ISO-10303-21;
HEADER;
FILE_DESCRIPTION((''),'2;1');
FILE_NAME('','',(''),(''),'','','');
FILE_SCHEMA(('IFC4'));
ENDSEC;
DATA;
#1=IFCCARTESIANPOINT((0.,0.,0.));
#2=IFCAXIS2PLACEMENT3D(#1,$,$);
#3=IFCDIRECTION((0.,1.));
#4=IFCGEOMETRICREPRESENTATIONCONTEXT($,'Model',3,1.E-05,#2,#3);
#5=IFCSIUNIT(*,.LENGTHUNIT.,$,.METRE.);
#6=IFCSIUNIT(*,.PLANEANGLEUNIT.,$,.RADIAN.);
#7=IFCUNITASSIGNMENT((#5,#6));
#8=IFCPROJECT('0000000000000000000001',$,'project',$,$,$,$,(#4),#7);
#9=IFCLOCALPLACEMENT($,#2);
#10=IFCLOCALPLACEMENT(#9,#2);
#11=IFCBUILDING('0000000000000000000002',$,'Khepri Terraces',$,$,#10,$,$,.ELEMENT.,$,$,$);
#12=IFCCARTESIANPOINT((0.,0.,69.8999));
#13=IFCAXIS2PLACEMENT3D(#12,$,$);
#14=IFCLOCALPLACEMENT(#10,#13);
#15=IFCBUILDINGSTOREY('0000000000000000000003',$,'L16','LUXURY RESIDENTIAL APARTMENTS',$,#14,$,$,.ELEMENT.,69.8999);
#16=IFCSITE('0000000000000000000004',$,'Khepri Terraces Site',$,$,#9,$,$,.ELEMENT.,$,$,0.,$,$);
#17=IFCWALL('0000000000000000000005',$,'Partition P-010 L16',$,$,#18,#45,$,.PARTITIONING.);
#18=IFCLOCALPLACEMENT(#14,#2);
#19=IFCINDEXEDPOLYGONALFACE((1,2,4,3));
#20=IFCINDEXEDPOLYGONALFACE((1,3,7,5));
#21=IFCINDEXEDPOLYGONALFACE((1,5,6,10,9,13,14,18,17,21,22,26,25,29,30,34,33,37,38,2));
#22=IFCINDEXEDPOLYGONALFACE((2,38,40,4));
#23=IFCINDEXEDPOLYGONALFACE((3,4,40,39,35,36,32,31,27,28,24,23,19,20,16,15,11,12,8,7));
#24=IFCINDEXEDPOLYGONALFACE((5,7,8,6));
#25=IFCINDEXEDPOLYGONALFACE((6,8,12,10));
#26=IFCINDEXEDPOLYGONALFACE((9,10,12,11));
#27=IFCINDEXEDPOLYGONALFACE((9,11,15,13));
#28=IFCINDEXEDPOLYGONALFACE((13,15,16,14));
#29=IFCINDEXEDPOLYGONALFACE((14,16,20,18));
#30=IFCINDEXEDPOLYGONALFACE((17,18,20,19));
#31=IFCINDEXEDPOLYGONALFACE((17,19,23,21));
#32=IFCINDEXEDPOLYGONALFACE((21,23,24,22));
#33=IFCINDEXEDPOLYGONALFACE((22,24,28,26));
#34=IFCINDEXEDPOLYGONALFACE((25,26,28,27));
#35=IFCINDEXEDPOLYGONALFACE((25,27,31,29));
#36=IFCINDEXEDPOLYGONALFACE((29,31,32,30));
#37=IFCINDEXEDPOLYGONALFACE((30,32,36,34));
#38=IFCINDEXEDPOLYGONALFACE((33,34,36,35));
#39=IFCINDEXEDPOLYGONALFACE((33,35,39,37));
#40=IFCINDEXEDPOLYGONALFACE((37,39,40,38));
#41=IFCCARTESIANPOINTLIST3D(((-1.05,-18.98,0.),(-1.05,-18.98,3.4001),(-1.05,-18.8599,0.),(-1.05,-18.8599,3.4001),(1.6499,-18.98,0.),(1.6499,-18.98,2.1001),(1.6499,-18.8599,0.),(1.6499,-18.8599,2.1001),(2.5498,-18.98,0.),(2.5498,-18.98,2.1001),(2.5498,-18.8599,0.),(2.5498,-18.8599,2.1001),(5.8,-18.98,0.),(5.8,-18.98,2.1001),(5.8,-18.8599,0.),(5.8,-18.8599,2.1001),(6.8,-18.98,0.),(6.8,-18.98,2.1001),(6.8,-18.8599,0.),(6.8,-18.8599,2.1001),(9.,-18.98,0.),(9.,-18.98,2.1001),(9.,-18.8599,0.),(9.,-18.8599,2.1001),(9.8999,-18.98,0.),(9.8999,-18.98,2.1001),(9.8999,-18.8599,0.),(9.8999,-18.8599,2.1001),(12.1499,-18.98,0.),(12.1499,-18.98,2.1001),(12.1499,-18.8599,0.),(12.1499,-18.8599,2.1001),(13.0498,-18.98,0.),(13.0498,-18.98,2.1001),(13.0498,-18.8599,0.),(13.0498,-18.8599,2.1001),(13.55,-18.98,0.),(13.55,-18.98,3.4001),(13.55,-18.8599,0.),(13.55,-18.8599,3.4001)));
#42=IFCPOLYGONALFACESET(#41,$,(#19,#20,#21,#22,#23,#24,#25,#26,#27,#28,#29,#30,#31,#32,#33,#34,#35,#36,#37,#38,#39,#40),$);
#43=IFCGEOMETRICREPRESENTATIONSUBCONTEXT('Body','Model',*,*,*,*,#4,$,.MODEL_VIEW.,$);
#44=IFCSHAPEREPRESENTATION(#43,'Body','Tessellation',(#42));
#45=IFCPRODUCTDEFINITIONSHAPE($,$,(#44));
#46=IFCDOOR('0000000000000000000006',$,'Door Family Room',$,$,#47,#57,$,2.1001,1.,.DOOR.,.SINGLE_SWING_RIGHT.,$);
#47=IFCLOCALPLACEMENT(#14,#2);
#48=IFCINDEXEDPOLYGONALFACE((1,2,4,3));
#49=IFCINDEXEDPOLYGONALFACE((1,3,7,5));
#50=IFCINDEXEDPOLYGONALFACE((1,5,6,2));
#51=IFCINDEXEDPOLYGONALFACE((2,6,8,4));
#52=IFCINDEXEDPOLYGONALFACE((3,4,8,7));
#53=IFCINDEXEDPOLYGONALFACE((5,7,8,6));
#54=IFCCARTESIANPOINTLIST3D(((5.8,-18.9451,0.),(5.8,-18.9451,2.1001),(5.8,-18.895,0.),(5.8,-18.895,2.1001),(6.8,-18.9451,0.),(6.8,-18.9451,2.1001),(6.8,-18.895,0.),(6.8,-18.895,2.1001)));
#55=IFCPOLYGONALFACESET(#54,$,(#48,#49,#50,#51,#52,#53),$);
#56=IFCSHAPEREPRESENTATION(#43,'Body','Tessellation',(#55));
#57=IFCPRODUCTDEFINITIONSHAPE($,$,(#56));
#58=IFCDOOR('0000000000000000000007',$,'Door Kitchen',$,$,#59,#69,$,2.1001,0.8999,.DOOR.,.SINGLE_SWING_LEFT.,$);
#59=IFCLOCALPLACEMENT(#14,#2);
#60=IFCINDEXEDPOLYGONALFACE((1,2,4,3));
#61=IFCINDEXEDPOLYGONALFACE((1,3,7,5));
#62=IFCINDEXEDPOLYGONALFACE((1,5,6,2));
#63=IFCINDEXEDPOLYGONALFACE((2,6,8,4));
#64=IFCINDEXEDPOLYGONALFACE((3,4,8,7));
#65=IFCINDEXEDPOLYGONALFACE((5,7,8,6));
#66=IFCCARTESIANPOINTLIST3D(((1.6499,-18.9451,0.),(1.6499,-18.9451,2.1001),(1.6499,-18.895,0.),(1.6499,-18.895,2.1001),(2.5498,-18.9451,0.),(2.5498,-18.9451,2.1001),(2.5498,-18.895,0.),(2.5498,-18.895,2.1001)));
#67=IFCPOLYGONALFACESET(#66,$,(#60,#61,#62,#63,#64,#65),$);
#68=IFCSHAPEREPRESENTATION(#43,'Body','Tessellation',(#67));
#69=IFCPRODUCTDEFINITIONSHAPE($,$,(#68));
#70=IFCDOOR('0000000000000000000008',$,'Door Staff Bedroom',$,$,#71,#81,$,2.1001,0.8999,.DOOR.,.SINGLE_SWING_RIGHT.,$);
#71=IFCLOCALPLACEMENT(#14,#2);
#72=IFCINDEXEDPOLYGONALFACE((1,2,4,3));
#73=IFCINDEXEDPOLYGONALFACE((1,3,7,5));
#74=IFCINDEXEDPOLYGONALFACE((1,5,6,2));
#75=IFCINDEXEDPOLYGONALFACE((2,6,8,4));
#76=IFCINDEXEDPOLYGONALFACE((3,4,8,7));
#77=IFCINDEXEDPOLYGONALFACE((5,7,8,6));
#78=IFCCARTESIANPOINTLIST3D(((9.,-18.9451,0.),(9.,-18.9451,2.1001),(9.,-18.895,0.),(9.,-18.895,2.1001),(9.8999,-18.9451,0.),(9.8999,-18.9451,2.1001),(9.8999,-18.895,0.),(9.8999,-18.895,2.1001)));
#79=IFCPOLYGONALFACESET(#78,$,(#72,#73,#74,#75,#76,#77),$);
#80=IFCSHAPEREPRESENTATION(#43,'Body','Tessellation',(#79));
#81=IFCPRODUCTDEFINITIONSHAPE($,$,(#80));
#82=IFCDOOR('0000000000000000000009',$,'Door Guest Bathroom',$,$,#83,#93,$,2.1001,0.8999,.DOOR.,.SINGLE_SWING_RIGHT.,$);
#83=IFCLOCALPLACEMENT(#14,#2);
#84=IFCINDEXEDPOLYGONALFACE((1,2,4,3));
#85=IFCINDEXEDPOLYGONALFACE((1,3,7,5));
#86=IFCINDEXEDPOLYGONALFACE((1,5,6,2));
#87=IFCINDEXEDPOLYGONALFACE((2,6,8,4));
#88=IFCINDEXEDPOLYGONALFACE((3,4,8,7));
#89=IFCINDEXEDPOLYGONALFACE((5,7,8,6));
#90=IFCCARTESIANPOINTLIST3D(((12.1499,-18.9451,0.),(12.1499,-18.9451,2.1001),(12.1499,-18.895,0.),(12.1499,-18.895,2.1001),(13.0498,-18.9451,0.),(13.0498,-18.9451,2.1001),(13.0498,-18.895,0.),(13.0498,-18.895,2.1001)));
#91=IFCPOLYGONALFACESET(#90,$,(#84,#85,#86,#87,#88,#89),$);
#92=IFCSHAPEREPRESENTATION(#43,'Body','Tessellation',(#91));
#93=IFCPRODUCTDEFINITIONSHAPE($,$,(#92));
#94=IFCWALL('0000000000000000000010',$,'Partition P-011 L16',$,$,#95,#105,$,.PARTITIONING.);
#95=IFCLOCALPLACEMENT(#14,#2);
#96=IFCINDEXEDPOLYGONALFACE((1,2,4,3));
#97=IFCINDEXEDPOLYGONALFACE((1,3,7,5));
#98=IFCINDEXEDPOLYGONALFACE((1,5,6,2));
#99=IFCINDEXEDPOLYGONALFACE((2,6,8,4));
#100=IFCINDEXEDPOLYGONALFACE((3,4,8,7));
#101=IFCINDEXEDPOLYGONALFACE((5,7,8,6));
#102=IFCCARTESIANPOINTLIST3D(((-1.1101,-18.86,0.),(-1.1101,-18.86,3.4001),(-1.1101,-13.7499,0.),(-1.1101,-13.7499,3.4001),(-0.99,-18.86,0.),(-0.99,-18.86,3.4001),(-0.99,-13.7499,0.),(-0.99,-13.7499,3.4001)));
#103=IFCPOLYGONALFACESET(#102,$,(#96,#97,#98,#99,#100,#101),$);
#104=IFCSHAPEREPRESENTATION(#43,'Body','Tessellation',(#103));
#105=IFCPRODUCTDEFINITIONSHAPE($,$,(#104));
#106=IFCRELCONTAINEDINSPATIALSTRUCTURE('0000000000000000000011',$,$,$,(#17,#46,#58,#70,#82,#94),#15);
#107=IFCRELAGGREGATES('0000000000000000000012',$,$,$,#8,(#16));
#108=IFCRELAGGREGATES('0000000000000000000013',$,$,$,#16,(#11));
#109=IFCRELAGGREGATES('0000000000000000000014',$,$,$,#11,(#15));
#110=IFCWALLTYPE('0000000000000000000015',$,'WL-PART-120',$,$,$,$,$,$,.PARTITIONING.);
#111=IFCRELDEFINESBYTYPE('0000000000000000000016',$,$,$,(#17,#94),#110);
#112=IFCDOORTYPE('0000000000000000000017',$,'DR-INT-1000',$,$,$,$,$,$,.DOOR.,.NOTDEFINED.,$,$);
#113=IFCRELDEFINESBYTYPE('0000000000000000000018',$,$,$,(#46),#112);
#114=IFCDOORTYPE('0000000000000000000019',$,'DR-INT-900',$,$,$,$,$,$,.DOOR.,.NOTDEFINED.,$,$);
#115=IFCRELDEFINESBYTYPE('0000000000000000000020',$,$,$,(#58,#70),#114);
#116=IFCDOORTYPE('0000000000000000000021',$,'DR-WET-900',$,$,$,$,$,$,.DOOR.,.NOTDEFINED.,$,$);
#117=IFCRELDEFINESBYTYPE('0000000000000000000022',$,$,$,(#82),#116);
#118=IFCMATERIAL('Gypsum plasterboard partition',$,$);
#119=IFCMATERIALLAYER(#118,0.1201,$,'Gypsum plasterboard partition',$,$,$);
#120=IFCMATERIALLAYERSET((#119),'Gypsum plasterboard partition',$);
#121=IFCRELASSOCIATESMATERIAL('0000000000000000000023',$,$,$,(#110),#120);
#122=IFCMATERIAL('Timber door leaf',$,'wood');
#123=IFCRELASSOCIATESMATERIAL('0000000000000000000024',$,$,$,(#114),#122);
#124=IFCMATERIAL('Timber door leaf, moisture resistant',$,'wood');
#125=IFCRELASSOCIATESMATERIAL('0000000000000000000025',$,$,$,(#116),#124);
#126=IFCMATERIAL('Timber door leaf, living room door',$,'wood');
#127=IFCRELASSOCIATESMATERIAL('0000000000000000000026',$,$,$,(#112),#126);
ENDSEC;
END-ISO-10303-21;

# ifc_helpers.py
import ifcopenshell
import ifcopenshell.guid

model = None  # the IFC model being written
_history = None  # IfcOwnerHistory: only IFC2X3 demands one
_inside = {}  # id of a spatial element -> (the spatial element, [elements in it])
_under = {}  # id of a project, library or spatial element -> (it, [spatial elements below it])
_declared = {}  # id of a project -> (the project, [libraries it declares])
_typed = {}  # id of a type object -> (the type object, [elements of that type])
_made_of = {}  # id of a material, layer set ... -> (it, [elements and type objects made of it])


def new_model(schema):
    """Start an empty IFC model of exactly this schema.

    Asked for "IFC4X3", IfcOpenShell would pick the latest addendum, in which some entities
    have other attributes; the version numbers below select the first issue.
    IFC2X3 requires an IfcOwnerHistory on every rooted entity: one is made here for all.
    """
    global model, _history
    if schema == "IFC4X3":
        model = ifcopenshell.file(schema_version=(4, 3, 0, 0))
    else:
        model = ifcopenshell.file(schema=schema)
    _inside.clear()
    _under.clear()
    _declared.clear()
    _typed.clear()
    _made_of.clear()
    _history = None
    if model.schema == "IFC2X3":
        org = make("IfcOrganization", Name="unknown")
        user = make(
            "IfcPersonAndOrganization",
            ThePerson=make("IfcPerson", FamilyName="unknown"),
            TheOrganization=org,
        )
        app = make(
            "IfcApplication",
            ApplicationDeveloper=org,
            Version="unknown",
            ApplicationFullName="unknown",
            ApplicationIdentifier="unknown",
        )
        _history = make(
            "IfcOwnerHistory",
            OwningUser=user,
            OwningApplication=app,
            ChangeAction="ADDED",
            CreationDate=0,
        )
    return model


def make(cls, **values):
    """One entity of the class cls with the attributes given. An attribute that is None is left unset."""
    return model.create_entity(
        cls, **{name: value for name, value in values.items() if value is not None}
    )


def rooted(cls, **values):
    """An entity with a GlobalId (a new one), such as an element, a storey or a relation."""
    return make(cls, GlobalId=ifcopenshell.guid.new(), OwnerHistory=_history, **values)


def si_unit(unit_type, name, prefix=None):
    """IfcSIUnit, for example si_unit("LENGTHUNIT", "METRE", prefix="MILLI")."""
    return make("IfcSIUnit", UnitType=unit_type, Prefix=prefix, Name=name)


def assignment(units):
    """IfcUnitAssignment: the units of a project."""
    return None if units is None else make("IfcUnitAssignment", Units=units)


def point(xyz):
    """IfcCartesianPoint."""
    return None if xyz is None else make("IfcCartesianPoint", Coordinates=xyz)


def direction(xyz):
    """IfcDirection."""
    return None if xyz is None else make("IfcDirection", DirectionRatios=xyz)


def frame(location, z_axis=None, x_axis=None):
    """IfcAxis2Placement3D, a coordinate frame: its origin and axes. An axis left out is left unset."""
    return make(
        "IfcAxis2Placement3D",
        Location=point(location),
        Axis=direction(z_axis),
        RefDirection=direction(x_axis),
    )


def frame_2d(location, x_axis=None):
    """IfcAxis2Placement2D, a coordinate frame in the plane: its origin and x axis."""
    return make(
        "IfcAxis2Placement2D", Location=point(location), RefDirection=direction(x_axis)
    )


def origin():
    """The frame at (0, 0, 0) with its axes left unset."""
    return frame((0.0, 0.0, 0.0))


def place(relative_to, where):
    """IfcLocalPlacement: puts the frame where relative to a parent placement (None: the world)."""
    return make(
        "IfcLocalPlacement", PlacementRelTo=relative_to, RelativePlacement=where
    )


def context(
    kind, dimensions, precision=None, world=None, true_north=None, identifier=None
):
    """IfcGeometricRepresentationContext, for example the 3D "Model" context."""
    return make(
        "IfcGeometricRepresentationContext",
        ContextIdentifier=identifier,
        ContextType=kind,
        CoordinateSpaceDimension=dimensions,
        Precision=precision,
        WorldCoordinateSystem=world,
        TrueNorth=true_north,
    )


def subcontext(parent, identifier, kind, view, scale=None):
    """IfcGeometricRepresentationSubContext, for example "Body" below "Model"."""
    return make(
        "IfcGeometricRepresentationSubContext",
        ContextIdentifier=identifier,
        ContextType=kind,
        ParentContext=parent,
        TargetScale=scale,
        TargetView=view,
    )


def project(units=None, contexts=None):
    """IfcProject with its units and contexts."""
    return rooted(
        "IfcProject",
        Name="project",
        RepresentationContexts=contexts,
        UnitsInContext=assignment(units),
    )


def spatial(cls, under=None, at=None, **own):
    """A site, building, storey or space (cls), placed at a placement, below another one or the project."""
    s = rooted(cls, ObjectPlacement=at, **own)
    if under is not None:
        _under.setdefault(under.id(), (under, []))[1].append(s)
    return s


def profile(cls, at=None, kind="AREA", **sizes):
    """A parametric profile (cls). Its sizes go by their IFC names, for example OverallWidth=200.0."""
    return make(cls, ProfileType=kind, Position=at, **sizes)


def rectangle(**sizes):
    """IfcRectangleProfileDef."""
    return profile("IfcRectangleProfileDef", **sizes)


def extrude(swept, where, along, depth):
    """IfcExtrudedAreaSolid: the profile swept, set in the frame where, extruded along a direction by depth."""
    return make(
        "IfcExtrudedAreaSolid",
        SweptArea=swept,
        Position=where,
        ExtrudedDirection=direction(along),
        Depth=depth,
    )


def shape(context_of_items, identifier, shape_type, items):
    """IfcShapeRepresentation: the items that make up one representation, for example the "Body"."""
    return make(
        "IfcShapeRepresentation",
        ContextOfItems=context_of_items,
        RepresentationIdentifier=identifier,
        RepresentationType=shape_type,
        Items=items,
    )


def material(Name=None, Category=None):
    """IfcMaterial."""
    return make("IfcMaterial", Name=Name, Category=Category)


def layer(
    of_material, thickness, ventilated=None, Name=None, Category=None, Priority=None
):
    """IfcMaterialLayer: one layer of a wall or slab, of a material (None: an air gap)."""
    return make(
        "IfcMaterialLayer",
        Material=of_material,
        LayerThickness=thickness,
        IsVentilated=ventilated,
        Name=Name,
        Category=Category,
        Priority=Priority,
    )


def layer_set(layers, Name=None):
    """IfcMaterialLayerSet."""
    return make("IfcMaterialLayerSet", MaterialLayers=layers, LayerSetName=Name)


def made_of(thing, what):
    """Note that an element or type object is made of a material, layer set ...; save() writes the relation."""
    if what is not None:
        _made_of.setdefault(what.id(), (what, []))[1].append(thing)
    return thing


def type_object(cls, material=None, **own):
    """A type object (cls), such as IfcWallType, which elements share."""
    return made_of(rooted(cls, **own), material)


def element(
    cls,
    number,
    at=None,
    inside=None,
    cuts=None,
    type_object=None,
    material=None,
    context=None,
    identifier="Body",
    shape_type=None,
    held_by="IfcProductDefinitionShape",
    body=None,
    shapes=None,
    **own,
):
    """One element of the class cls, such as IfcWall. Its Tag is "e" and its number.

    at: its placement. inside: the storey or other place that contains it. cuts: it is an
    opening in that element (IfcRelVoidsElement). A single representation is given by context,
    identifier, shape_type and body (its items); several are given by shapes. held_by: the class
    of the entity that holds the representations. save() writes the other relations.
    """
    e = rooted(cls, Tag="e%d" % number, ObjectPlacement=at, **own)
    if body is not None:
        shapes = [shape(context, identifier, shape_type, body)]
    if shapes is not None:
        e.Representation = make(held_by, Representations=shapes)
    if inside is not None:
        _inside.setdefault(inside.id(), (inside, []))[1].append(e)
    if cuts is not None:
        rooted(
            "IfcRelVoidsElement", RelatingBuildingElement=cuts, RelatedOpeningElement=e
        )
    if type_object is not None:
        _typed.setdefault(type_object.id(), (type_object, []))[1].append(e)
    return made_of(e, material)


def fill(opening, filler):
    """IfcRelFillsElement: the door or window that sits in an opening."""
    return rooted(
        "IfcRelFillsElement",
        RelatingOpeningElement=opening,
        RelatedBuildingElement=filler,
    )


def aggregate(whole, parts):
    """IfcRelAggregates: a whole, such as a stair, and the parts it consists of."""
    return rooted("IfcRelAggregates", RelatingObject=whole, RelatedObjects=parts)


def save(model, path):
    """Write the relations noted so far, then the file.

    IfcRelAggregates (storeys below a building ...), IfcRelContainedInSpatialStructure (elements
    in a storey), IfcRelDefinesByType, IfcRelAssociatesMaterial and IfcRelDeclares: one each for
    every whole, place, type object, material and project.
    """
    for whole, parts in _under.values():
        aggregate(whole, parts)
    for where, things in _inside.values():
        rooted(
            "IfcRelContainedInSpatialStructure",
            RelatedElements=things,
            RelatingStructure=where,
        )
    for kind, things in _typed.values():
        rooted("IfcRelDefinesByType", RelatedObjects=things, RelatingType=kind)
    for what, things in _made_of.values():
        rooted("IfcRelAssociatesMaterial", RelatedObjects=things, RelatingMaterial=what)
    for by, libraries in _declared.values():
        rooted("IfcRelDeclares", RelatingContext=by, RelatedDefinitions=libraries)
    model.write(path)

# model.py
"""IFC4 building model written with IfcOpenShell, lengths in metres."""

from ifc_helpers import new_model, si_unit, direction, frame, frame_2d, origin, place, context, subcontext, project, spatial, rectangle, extrude, material, layer, layer_set, type_object, element, fill, save


model = new_model("IFC4")

# Units and contexts
model_context = context("Model", 3, precision=1e-05, world=origin(), true_north=direction((0.0, 1.0)))
body_context = subcontext(model_context, "Body", "Model", "MODEL_VIEW")
ifc_project = project(units=[si_unit("LENGTHUNIT", "METRE"), si_unit("PLANEANGLEUNIT", "RADIAN")], contexts=[model_context])

# Site, building, storey
site_placement = place(None, origin())
site = spatial("IfcSite", under=ifc_project, at=site_placement, Name="Khepri Terraces Site", CompositionType="ELEMENT", RefElevation=0.0)
building_placement = place(site_placement, origin())
building = spatial("IfcBuilding", under=site, at=building_placement, Name="Khepri Terraces", CompositionType="ELEMENT")
storey_placement = place(building_placement, frame((0.0, 0.0, 69.8999)))
storey = spatial("IfcBuildingStorey", under=building, at=storey_placement, Name="L16", Description="LUXURY RESIDENTIAL APARTMENTS", CompositionType="ELEMENT", Elevation=69.8999)

# Shared definitions
ifc_material_1 = material(Name="Gypsum plasterboard partition")
ifc_layer_1 = layer(ifc_material_1, 0.1201, Name="Gypsum plasterboard partition")
ifc_layer_set_1 = layer_set([ifc_layer_1], Name="Gypsum plasterboard partition")
wall_type_1 = type_object("IfcWallType", Name="WL-PART-120", PredefinedType="PARTITIONING", material=ifc_layer_set_1)
ifc_material_2 = material(Name="Timber door leaf", Category="wood")
door_type_1 = type_object("IfcDoorType", Name="DR-INT-900", OperationType="NOTDEFINED", PredefinedType="DOOR", material=ifc_material_2)
ifc_material_3 = material(Name="Timber door leaf, moisture resistant", Category="wood")
door_type_2 = type_object("IfcDoorType", Name="DR-WET-900", OperationType="NOTDEFINED", PredefinedType="DOOR", material=ifc_material_3)

# Wall, openings, doors
wall_1_placement = place(storey_placement, frame((-1.05, -18.9199, 0.0), z_axis=(0.0, 0.0, 1.0), x_axis=(1.0, 0.0, 0.0)))
wall_1 = element("IfcWall", 1, at=wall_1_placement, inside=storey, type_object=wall_type_1, Name="Partition P-010 L16", PredefinedType="PARTITIONING", context=body_context, shape_type="SweptSolid", body=[
    extrude(rectangle(XDim=14.6001, YDim=0.1201, at=frame_2d((7.3, 0.0))), origin(), (0.0, 0.0, 1.0), 3.4001),
])
opening_1_placement = place(wall_1_placement, frame((2.7, 0.0, 0.0)))
opening_1 = element("IfcOpeningElement", 2, at=opening_1_placement, cuts=wall_1, PredefinedType="OPENING", context=body_context, shape_type="SweptSolid", body=[
    extrude(rectangle(XDim=0.8999, YDim=2.1001, at=frame_2d((0.45, 1.05))), frame((0.0, 0.0701, 0.0), z_axis=(0.0, -1.0, 0.0), x_axis=(1.0, 0.0, 0.0)), (0.0, 0.0, 1.0), 0.1401),
])
opening_2_placement = place(wall_1_placement, frame((6.8501, 0.0, 0.0)))
opening_2 = element("IfcOpeningElement", 3, at=opening_2_placement, cuts=wall_1, PredefinedType="OPENING", context=body_context, shape_type="SweptSolid", body=[
    extrude(rectangle(XDim=1.0, YDim=2.1001, at=frame_2d((0.5, 1.05))), frame((0.0, 0.0701, 0.0), z_axis=(0.0, -1.0, 0.0), x_axis=(1.0, 0.0, 0.0)), (0.0, 0.0, 1.0), 0.1401),
])
opening_3_placement = place(wall_1_placement, frame((10.05, 0.0, 0.0)))
opening_3 = element("IfcOpeningElement", 4, at=opening_3_placement, cuts=wall_1, PredefinedType="OPENING", context=body_context, shape_type="SweptSolid", body=[
    extrude(rectangle(XDim=0.8999, YDim=2.1001, at=frame_2d((0.45, 1.05))), frame((0.0, 0.0701, 0.0), z_axis=(0.0, -1.0, 0.0), x_axis=(1.0, 0.0, 0.0)), (0.0, 0.0, 1.0), 0.1401),
])
opening_4_placement = place(wall_1_placement, frame((13.2, 0.0, 0.0)))
opening_4 = element("IfcOpeningElement", 5, at=opening_4_placement, cuts=wall_1, PredefinedType="OPENING", context=body_context, shape_type="SweptSolid", body=[
    extrude(rectangle(XDim=0.8999, YDim=2.1001, at=frame_2d((0.45, 1.05))), frame((0.0, 0.0701, 0.0), z_axis=(0.0, -1.0, 0.0), x_axis=(1.0, 0.0, 0.0)), (0.0, 0.0, 1.0), 0.1401),
])
ifc_material_4 = material(Name="Timber door leaf, living room door", Category="wood")
door_type_3 = type_object("IfcDoorType", Name="DR-INT-1000", OperationType="NOTDEFINED", PredefinedType="DOOR", material=ifc_material_4)
door_1_placement = place(opening_2_placement, origin())
door_1 = element("IfcDoor", 6, at=door_1_placement, inside=storey, type_object=door_type_3, Name="Door Family Room", OperationType="SINGLE_SWING_RIGHT", OverallHeight=2.1001, OverallWidth=1.0, PredefinedType="DOOR", context=body_context, shape_type="SweptSolid", body=[
    extrude(rectangle(XDim=1.0, YDim=2.1001, at=frame_2d((0.5, 1.05))), frame((0.0, 0.0249, 0.0), z_axis=(0.0, -1.0, 0.0), x_axis=(1.0, 0.0, 0.0)), (0.0, 0.0, 1.0), 0.05),
])
fill(opening_2, door_1)
door_2_placement = place(opening_1_placement, origin())
door_2 = element("IfcDoor", 7, at=door_2_placement, inside=storey, type_object=door_type_1, Name="Door Kitchen", OperationType="SINGLE_SWING_LEFT", OverallHeight=2.1001, OverallWidth=0.8999, PredefinedType="DOOR", context=body_context, shape_type="SweptSolid", body=[
    extrude(rectangle(XDim=0.8999, YDim=2.1001, at=frame_2d((0.45, 1.05))), frame((0.0, 0.0249, 0.0), z_axis=(0.0, -1.0, 0.0), x_axis=(1.0, 0.0, 0.0)), (0.0, 0.0, 1.0), 0.05),
])
fill(opening_1, door_2)
door_3_placement = place(opening_3_placement, origin())
door_3 = element("IfcDoor", 8, at=door_3_placement, inside=storey, type_object=door_type_1, Name="Door Staff Bedroom", OperationType="SINGLE_SWING_RIGHT", OverallHeight=2.1001, OverallWidth=0.8999, PredefinedType="DOOR", context=body_context, shape_type="SweptSolid", body=[
    extrude(rectangle(XDim=0.8999, YDim=2.1001, at=frame_2d((0.45, 1.05))), frame((0.0, 0.0249, 0.0), z_axis=(0.0, -1.0, 0.0), x_axis=(1.0, 0.0, 0.0)), (0.0, 0.0, 1.0), 0.05),
])
fill(opening_3, door_3)
door_4_placement = place(opening_4_placement, origin())
door_4 = element("IfcDoor", 9, at=door_4_placement, inside=storey, type_object=door_type_2, Name="Door Guest Bathroom", OperationType="SINGLE_SWING_RIGHT", OverallHeight=2.1001, OverallWidth=0.8999, PredefinedType="DOOR", context=body_context, shape_type="SweptSolid", body=[
    extrude(rectangle(XDim=0.8999, YDim=2.1001, at=frame_2d((0.45, 1.05))), frame((0.0, 0.0249, 0.0), z_axis=(0.0, -1.0, 0.0), x_axis=(1.0, 0.0, 0.0)), (0.0, 0.0, 1.0), 0.05),
])
fill(opening_4, door_4)

# Wall
wall_2_placement = place(storey_placement, frame((-1.05, -18.8601, 0.0), z_axis=(0.0, 0.0, 1.0), x_axis=(0.0, 1.0, 0.0)))
element("IfcWall", 10, at=wall_2_placement, inside=storey, type_object=wall_type_1, Name="Partition P-011 L16", PredefinedType="PARTITIONING", context=body_context, shape_type="SweptSolid", body=[
    extrude(rectangle(XDim=5.1101, YDim=0.1201, at=frame_2d((2.5552, 0.0))), origin(), (0.0, 0.0, 1.0), 3.4001),
])

save(model, "model.ifc")
